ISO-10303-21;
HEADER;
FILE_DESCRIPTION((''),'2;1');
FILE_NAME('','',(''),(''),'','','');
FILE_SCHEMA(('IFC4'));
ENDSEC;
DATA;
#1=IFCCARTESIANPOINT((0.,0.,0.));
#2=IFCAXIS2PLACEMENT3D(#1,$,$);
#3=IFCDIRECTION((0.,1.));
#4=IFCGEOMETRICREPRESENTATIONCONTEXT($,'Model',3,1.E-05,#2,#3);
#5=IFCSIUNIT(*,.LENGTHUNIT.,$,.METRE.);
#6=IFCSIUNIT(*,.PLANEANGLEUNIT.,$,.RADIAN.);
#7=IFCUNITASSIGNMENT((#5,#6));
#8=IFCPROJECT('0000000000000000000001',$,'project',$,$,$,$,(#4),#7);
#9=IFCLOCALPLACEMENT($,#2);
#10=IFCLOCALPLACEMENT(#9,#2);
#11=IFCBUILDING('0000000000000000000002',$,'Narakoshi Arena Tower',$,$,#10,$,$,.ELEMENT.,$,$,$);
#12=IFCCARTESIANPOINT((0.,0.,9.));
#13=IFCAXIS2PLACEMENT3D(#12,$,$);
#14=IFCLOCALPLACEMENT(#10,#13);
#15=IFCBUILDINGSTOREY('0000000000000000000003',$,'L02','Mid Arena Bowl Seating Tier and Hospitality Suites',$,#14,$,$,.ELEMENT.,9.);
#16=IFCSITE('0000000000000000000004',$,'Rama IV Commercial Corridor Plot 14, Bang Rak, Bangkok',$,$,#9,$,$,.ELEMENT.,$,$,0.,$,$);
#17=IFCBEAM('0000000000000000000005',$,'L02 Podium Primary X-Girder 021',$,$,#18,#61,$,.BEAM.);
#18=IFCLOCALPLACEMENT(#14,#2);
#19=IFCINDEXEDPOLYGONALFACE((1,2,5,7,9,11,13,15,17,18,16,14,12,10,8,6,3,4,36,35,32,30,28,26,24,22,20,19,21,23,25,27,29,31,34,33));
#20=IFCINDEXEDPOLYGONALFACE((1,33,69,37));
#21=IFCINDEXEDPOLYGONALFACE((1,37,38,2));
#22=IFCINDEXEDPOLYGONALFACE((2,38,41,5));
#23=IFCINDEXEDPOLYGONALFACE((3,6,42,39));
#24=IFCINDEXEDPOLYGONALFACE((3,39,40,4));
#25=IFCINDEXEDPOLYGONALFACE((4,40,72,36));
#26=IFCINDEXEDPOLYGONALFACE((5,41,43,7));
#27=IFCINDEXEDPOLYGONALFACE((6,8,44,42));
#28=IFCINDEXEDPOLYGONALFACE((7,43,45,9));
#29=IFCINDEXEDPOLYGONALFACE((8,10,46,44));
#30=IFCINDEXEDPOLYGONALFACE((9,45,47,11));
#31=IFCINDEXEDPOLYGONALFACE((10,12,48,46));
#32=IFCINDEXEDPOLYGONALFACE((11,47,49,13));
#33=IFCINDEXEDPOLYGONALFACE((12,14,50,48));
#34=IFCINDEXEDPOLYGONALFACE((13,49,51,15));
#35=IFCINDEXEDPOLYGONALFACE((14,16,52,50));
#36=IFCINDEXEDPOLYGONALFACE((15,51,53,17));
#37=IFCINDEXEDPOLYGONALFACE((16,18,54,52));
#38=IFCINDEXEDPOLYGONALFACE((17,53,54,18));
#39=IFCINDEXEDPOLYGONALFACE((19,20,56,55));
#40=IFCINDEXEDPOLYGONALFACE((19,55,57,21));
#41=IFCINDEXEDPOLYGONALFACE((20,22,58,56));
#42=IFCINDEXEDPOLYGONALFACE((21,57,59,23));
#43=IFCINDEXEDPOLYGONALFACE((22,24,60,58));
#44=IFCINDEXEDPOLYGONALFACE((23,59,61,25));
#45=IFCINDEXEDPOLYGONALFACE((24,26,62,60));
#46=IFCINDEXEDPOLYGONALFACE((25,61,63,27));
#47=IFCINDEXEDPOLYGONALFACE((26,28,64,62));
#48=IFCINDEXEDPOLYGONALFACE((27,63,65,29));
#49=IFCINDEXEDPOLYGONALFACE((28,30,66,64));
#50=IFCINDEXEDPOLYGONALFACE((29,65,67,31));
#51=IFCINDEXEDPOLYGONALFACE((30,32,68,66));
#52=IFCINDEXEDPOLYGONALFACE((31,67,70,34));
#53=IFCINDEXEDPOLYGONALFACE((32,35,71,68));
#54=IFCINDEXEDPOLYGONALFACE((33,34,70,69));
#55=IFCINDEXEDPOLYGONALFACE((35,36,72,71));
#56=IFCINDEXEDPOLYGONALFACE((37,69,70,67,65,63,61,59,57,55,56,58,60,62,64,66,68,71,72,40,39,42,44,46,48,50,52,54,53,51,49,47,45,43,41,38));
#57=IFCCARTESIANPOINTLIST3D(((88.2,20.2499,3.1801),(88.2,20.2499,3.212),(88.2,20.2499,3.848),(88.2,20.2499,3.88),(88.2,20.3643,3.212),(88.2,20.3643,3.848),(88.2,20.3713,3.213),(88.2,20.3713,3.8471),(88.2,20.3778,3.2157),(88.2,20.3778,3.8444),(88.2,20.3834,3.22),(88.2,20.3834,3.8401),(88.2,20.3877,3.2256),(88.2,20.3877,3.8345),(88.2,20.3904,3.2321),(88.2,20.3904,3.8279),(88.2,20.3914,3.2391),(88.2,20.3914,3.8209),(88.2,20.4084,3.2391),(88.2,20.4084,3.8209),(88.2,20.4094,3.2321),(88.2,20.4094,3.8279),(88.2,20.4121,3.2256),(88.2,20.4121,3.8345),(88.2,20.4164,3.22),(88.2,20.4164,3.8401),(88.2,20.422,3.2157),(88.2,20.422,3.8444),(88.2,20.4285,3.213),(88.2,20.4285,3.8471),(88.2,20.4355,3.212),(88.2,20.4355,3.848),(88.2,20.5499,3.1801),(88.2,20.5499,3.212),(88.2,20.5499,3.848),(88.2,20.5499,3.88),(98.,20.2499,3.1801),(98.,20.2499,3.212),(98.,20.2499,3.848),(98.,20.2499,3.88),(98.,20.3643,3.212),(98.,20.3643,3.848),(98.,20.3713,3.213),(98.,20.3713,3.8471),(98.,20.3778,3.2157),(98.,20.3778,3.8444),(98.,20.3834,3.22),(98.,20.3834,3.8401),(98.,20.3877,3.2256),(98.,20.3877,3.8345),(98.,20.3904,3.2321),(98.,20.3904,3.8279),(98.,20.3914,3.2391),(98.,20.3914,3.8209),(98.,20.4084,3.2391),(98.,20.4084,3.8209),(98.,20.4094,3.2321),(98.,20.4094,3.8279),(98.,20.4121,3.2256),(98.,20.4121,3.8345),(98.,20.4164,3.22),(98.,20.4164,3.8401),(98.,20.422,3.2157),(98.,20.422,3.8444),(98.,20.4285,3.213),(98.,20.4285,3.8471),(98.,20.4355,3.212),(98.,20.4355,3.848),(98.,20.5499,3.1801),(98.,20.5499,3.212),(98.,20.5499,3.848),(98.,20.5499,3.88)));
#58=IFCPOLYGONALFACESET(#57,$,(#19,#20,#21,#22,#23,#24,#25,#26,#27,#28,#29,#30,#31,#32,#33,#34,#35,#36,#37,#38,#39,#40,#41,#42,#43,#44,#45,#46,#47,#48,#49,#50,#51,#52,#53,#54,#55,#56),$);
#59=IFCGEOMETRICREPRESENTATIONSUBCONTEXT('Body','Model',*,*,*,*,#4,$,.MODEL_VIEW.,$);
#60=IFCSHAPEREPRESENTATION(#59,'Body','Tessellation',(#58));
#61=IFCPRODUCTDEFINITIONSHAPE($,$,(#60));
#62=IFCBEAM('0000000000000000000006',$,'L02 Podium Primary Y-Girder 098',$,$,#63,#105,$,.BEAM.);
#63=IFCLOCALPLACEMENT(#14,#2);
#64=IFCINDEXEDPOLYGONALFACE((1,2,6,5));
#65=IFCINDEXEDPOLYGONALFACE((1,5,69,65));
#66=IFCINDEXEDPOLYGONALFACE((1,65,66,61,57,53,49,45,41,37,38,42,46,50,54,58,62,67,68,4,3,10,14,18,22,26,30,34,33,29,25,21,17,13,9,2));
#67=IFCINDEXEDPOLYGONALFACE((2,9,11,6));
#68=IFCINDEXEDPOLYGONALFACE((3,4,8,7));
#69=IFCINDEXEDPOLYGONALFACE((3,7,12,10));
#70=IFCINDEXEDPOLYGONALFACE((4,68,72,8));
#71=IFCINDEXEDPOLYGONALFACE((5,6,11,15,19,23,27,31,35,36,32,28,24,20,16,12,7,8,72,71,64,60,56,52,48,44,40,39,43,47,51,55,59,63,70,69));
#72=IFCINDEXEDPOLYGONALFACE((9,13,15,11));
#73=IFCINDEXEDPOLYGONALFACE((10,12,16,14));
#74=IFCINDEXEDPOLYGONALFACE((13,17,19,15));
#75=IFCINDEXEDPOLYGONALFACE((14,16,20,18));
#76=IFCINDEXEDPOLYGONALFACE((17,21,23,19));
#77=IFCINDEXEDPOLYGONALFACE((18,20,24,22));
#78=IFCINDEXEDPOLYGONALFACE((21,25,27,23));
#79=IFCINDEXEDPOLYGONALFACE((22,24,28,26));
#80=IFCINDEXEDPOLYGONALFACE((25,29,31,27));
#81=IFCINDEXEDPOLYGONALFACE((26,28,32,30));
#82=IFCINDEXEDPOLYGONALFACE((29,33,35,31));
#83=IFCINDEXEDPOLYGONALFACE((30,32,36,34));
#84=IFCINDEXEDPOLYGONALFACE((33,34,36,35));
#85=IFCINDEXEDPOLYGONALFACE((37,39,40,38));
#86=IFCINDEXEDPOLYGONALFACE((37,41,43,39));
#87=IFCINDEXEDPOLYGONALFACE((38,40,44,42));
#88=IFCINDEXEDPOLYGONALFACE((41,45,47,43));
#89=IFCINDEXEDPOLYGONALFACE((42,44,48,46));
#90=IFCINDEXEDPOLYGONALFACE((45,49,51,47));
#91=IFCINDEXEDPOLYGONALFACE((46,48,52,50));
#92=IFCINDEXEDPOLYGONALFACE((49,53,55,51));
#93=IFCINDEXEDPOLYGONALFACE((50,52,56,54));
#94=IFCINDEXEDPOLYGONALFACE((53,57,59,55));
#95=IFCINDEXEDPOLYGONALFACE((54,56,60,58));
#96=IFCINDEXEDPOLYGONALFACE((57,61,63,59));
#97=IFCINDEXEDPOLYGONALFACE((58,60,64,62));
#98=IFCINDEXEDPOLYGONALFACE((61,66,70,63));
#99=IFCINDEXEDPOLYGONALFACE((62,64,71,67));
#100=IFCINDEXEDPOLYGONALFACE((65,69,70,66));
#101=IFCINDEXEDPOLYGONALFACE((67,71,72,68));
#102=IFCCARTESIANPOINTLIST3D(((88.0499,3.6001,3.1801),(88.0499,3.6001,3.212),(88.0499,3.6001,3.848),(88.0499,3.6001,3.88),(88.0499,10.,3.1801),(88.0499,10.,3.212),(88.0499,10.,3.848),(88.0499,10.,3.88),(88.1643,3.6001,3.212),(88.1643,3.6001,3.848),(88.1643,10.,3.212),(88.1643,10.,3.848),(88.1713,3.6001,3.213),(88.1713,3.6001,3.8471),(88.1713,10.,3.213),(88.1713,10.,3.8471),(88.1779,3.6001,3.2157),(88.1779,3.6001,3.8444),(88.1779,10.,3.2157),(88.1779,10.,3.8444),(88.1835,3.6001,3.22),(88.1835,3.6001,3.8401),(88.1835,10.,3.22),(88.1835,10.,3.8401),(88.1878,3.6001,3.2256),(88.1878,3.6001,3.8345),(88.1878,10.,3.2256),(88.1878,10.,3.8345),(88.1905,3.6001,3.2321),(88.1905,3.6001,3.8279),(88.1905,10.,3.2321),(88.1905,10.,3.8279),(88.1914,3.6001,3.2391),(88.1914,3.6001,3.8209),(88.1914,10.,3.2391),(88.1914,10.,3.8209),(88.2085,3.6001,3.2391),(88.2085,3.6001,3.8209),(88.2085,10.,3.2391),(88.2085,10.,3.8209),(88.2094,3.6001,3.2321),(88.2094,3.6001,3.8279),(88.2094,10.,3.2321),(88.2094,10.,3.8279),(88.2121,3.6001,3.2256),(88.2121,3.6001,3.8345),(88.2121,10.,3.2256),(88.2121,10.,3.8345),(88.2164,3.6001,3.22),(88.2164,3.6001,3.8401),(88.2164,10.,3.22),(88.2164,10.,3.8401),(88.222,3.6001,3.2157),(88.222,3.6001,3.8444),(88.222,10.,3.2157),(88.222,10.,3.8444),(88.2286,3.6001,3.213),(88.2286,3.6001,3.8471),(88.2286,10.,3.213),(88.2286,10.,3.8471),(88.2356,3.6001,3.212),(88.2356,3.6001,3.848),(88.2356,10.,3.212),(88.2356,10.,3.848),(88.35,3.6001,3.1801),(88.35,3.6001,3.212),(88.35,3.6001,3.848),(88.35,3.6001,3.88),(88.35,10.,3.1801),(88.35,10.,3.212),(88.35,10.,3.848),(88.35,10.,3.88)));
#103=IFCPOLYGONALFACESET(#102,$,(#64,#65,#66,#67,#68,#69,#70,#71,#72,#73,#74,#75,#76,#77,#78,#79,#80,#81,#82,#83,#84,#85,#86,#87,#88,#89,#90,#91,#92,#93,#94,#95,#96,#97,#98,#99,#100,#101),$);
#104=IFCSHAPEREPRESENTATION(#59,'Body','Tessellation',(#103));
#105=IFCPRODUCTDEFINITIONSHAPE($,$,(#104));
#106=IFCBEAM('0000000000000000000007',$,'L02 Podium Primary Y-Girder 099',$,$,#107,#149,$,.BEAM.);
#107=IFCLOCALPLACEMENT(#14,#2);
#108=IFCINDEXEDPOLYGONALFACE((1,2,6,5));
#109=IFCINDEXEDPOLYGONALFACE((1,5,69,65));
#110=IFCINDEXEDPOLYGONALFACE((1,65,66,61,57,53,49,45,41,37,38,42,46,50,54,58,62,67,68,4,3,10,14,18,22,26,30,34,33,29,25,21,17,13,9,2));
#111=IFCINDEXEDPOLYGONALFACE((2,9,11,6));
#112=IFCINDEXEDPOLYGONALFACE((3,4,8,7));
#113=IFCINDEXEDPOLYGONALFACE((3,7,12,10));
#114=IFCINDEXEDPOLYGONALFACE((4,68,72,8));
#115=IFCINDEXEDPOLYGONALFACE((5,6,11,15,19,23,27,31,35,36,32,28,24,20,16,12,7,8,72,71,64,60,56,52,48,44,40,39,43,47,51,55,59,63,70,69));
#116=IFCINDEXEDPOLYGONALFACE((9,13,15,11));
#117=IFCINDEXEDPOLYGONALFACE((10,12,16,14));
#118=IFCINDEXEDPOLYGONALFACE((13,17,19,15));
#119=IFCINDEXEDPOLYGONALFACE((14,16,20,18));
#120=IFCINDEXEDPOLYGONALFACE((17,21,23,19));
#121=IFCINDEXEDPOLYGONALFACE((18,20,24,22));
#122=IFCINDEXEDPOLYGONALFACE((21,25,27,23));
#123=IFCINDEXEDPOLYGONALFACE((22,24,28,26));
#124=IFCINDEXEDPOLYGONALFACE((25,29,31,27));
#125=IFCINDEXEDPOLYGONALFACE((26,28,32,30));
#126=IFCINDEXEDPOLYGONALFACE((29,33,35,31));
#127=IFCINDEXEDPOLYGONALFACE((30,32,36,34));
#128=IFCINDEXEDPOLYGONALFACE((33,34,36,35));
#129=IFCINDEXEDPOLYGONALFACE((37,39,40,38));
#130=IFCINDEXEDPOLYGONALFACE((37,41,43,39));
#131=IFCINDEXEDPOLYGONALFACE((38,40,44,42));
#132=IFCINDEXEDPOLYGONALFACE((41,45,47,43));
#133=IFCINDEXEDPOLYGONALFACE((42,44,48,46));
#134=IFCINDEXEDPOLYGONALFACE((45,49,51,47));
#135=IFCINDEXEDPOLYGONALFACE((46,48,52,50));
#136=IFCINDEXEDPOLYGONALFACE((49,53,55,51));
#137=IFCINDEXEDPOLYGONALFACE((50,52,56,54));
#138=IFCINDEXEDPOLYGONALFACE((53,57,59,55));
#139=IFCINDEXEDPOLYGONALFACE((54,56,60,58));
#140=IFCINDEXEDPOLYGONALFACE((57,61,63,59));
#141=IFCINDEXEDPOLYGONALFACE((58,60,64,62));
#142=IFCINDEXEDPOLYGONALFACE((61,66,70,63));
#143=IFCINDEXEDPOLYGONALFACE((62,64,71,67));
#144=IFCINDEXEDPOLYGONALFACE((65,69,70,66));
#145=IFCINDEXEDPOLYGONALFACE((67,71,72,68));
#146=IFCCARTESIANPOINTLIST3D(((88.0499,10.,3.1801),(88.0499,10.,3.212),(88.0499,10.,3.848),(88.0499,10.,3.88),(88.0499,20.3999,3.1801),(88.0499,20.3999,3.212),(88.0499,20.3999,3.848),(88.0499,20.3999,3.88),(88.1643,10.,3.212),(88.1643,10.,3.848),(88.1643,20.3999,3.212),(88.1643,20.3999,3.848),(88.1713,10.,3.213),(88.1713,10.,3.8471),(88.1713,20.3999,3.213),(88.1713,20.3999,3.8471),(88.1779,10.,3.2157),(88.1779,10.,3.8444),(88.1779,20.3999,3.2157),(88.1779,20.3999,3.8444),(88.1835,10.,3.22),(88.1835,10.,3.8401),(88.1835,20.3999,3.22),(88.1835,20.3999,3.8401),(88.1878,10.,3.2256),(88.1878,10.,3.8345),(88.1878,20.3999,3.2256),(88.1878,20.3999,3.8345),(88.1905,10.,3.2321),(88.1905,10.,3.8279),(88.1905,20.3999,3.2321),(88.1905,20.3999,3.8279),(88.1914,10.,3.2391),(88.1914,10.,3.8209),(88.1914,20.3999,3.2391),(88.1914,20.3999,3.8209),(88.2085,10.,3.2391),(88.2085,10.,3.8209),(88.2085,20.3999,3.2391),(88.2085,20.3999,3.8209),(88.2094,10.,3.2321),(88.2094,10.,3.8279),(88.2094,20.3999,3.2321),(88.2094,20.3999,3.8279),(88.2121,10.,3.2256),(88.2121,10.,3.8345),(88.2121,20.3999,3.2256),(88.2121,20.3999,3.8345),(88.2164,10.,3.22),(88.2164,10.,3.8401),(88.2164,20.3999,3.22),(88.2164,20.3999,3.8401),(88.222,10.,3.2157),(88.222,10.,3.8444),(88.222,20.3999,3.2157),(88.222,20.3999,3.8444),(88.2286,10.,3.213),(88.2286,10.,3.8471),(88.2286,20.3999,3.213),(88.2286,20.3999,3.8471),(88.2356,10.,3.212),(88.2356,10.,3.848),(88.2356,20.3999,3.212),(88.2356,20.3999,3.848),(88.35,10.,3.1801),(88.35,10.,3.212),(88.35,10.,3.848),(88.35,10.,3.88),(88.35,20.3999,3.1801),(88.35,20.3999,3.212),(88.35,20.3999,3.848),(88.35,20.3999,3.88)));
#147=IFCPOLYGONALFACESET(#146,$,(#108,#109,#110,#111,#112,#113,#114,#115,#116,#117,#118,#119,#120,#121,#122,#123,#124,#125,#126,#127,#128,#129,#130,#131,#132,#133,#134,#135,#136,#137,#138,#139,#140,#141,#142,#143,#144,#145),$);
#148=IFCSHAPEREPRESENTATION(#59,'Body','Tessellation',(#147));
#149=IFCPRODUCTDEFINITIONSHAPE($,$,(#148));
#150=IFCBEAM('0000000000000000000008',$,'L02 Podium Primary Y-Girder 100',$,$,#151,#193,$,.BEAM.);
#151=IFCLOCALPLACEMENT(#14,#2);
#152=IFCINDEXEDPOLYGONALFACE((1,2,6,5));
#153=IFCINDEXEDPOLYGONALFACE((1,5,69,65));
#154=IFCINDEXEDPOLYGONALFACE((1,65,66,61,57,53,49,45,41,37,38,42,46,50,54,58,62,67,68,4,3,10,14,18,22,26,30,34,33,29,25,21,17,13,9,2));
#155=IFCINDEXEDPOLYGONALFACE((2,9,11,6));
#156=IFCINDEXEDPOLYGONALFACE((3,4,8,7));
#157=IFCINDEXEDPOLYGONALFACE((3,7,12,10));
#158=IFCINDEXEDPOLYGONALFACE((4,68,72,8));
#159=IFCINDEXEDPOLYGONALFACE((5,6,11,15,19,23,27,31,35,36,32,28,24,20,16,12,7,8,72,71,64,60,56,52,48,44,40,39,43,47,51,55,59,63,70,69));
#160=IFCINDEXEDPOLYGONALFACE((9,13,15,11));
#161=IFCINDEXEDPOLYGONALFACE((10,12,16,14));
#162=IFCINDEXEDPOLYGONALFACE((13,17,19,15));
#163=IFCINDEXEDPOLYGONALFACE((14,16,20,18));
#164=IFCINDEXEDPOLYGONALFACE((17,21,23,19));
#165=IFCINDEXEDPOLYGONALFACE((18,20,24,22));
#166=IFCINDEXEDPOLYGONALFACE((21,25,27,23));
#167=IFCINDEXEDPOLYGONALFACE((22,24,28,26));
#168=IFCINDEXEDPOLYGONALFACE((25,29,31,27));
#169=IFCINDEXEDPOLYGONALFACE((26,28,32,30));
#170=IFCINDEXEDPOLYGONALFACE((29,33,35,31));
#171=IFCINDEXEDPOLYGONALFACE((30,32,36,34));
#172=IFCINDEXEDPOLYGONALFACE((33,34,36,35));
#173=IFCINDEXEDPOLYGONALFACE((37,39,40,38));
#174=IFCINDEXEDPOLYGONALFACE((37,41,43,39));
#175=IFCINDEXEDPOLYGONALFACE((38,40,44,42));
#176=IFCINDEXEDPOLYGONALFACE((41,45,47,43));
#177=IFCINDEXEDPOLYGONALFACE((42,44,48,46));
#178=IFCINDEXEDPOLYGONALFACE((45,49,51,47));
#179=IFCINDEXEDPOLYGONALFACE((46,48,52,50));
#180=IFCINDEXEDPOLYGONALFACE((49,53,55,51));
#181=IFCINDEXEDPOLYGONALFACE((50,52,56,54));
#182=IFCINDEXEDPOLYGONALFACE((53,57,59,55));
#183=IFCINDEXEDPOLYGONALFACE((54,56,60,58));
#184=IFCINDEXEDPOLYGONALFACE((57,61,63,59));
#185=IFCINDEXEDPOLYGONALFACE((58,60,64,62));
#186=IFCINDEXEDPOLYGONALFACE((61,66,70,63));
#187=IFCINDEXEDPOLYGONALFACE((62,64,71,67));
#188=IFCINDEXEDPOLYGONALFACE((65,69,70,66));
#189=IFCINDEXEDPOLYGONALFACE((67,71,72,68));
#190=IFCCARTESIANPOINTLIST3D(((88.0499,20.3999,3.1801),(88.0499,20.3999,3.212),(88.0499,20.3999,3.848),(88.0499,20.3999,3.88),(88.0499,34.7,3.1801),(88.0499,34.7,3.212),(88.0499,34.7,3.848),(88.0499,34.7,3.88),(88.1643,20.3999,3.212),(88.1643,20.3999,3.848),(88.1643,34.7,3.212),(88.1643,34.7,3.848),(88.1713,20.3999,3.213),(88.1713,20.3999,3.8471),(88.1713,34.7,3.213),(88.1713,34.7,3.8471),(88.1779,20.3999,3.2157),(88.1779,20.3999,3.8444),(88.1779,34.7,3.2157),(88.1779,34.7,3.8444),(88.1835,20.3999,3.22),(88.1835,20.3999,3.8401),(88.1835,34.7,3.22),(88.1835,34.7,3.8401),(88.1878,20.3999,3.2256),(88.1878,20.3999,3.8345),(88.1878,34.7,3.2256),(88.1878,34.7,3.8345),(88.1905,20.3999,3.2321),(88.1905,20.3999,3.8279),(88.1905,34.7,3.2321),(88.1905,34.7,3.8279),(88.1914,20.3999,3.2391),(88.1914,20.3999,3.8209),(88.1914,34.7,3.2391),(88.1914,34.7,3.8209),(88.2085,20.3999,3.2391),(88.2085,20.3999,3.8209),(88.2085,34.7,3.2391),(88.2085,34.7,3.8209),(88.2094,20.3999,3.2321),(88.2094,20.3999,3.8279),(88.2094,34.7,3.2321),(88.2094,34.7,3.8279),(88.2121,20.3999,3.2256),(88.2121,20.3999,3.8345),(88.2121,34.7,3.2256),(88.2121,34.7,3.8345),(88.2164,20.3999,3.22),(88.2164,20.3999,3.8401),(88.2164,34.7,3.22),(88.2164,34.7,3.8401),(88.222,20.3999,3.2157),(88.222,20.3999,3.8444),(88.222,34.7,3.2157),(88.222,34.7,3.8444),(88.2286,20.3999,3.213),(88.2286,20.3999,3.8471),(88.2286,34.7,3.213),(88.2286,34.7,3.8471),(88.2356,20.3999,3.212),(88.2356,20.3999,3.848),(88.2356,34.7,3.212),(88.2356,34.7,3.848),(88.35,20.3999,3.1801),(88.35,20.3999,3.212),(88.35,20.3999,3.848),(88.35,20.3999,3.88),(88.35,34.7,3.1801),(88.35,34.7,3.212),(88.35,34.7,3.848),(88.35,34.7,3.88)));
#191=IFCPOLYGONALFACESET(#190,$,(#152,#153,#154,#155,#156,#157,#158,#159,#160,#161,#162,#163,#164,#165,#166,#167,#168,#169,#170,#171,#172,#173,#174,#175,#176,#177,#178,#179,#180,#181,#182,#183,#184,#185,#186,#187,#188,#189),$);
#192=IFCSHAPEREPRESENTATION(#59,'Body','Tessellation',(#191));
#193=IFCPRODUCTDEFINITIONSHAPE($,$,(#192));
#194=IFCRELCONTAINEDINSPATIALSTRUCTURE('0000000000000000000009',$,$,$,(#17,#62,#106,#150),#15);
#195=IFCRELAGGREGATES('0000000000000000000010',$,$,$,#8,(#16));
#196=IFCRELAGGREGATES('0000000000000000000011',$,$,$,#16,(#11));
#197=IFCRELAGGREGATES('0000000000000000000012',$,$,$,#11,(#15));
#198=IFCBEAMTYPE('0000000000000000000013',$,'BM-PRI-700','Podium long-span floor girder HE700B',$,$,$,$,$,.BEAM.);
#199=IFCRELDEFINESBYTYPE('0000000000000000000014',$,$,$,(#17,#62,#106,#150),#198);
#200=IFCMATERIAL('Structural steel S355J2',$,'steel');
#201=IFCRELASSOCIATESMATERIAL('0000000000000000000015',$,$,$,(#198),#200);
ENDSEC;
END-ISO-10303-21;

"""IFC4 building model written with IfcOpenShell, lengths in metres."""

from ifc_helpers import new_model, si_unit, direction, frame, origin, origin_2d, place, context, subcontext, project, spatial, i_section, extrude, material, material_profile, profile_set, type_object, element, save


model = new_model("IFC4")

# Units and contexts
model_context = context("Model", 3, precision=1e-05, world=origin(), true_north=direction((0.0, 1.0)))
body_context = subcontext(model_context, "Body", "Model", "MODEL_VIEW")
ifc_project = project(units=[si_unit("LENGTHUNIT", "METRE"), si_unit("PLANEANGLEUNIT", "RADIAN")], contexts=[model_context])

# Site, building, storey
site_placement = place(None, origin())
site = spatial("IfcSite", under=ifc_project, at=site_placement, Name="Rama IV Commercial Corridor Plot 14, Bang Rak, Bangkok", CompositionType="ELEMENT", RefElevation=0.0)
building_placement = place(site_placement, origin())
building = spatial("IfcBuilding", under=site, at=building_placement, Name="Narakoshi Arena Tower", CompositionType="ELEMENT")
storey_placement = place(building_placement, frame((0.0, 0.0, 9.0)))
storey = spatial("IfcBuildingStorey", under=building, at=storey_placement, Name="L02", Description="Mid Arena Bowl Seating Tier and Hospitality Suites", CompositionType="ELEMENT", Elevation=9.0)

# Beams
ifc_material_1 = material(Name="Structural steel S355J2", Category="steel")
ifc_material_profile_1 = material_profile(ifc_material_1, i_section(OverallWidth=0.3, OverallDepth=0.7, WebThickness=0.0171, FlangeThickness=0.032, FilletRadius=0.0271, at=origin_2d()), Name="HE700B")
ifc_profile_set_1 = profile_set([ifc_material_profile_1], Name="Structural steel S355J2")
beam_type_1 = type_object("IfcBeamType", Name="BM-PRI-700", Description="Podium long-span floor girder HE700B", PredefinedType="BEAM", material=ifc_profile_set_1)
beam_1_placement = place(storey_placement, frame((88.2, 20.3999, 3.53), z_axis=(1.0, 0.0, 0.0), x_axis=(0.0, 1.0, 0.0)))
element("IfcBeam", 1, at=beam_1_placement, inside=storey, type_object=beam_type_1, Name="L02 Podium Primary X-Girder 021", PredefinedType="BEAM", context=body_context, shape_type="SweptSolid", body=[
    extrude(i_section(OverallWidth=0.3, OverallDepth=0.7, WebThickness=0.0171, FlangeThickness=0.032, FilletRadius=0.0271, at=origin_2d()), origin(), (0.0, 0.0, 1.0), 9.8),
])
beam_2_placement = place(storey_placement, frame((88.2, 3.6001, 3.53), z_axis=(0.0, 1.0, 0.0), x_axis=(-1.0, 0.0, 0.0)))
element("IfcBeam", 2, at=beam_2_placement, inside=storey, type_object=beam_type_1, Name="L02 Podium Primary Y-Girder 098", PredefinedType="BEAM", context=body_context, shape_type="SweptSolid", body=[
    extrude(i_section(OverallWidth=0.3, OverallDepth=0.7, WebThickness=0.0171, FlangeThickness=0.032, FilletRadius=0.0271, at=origin_2d()), origin(), (0.0, 0.0, 1.0), 6.3999),
])
beam_3_placement = place(storey_placement, frame((88.2, 10.0, 3.53), z_axis=(0.0, 1.0, 0.0), x_axis=(-1.0, 0.0, 0.0)))
element("IfcBeam", 3, at=beam_3_placement, inside=storey, type_object=beam_type_1, Name="L02 Podium Primary Y-Girder 099", PredefinedType="BEAM", context=body_context, shape_type="SweptSolid", body=[
    extrude(i_section(OverallWidth=0.3, OverallDepth=0.7, WebThickness=0.0171, FlangeThickness=0.032, FilletRadius=0.0271, at=origin_2d()), origin(), (0.0, 0.0, 1.0), 10.3999),
])
beam_4_placement = place(storey_placement, frame((88.2, 20.3999, 3.53), z_axis=(0.0, 1.0, 0.0), x_axis=(-1.0, 0.0, 0.0)))
element("IfcBeam", 4, at=beam_4_placement, inside=storey, type_object=beam_type_1, Name="L02 Podium Primary Y-Girder 100", PredefinedType="BEAM", context=body_context, shape_type="SweptSolid", body=[
    extrude(i_section(OverallWidth=0.3, OverallDepth=0.7, WebThickness=0.0171, FlangeThickness=0.032, FilletRadius=0.0271, at=origin_2d()), origin(), (0.0, 0.0, 1.0), 14.3),
])

save(model, "model.ifc")
